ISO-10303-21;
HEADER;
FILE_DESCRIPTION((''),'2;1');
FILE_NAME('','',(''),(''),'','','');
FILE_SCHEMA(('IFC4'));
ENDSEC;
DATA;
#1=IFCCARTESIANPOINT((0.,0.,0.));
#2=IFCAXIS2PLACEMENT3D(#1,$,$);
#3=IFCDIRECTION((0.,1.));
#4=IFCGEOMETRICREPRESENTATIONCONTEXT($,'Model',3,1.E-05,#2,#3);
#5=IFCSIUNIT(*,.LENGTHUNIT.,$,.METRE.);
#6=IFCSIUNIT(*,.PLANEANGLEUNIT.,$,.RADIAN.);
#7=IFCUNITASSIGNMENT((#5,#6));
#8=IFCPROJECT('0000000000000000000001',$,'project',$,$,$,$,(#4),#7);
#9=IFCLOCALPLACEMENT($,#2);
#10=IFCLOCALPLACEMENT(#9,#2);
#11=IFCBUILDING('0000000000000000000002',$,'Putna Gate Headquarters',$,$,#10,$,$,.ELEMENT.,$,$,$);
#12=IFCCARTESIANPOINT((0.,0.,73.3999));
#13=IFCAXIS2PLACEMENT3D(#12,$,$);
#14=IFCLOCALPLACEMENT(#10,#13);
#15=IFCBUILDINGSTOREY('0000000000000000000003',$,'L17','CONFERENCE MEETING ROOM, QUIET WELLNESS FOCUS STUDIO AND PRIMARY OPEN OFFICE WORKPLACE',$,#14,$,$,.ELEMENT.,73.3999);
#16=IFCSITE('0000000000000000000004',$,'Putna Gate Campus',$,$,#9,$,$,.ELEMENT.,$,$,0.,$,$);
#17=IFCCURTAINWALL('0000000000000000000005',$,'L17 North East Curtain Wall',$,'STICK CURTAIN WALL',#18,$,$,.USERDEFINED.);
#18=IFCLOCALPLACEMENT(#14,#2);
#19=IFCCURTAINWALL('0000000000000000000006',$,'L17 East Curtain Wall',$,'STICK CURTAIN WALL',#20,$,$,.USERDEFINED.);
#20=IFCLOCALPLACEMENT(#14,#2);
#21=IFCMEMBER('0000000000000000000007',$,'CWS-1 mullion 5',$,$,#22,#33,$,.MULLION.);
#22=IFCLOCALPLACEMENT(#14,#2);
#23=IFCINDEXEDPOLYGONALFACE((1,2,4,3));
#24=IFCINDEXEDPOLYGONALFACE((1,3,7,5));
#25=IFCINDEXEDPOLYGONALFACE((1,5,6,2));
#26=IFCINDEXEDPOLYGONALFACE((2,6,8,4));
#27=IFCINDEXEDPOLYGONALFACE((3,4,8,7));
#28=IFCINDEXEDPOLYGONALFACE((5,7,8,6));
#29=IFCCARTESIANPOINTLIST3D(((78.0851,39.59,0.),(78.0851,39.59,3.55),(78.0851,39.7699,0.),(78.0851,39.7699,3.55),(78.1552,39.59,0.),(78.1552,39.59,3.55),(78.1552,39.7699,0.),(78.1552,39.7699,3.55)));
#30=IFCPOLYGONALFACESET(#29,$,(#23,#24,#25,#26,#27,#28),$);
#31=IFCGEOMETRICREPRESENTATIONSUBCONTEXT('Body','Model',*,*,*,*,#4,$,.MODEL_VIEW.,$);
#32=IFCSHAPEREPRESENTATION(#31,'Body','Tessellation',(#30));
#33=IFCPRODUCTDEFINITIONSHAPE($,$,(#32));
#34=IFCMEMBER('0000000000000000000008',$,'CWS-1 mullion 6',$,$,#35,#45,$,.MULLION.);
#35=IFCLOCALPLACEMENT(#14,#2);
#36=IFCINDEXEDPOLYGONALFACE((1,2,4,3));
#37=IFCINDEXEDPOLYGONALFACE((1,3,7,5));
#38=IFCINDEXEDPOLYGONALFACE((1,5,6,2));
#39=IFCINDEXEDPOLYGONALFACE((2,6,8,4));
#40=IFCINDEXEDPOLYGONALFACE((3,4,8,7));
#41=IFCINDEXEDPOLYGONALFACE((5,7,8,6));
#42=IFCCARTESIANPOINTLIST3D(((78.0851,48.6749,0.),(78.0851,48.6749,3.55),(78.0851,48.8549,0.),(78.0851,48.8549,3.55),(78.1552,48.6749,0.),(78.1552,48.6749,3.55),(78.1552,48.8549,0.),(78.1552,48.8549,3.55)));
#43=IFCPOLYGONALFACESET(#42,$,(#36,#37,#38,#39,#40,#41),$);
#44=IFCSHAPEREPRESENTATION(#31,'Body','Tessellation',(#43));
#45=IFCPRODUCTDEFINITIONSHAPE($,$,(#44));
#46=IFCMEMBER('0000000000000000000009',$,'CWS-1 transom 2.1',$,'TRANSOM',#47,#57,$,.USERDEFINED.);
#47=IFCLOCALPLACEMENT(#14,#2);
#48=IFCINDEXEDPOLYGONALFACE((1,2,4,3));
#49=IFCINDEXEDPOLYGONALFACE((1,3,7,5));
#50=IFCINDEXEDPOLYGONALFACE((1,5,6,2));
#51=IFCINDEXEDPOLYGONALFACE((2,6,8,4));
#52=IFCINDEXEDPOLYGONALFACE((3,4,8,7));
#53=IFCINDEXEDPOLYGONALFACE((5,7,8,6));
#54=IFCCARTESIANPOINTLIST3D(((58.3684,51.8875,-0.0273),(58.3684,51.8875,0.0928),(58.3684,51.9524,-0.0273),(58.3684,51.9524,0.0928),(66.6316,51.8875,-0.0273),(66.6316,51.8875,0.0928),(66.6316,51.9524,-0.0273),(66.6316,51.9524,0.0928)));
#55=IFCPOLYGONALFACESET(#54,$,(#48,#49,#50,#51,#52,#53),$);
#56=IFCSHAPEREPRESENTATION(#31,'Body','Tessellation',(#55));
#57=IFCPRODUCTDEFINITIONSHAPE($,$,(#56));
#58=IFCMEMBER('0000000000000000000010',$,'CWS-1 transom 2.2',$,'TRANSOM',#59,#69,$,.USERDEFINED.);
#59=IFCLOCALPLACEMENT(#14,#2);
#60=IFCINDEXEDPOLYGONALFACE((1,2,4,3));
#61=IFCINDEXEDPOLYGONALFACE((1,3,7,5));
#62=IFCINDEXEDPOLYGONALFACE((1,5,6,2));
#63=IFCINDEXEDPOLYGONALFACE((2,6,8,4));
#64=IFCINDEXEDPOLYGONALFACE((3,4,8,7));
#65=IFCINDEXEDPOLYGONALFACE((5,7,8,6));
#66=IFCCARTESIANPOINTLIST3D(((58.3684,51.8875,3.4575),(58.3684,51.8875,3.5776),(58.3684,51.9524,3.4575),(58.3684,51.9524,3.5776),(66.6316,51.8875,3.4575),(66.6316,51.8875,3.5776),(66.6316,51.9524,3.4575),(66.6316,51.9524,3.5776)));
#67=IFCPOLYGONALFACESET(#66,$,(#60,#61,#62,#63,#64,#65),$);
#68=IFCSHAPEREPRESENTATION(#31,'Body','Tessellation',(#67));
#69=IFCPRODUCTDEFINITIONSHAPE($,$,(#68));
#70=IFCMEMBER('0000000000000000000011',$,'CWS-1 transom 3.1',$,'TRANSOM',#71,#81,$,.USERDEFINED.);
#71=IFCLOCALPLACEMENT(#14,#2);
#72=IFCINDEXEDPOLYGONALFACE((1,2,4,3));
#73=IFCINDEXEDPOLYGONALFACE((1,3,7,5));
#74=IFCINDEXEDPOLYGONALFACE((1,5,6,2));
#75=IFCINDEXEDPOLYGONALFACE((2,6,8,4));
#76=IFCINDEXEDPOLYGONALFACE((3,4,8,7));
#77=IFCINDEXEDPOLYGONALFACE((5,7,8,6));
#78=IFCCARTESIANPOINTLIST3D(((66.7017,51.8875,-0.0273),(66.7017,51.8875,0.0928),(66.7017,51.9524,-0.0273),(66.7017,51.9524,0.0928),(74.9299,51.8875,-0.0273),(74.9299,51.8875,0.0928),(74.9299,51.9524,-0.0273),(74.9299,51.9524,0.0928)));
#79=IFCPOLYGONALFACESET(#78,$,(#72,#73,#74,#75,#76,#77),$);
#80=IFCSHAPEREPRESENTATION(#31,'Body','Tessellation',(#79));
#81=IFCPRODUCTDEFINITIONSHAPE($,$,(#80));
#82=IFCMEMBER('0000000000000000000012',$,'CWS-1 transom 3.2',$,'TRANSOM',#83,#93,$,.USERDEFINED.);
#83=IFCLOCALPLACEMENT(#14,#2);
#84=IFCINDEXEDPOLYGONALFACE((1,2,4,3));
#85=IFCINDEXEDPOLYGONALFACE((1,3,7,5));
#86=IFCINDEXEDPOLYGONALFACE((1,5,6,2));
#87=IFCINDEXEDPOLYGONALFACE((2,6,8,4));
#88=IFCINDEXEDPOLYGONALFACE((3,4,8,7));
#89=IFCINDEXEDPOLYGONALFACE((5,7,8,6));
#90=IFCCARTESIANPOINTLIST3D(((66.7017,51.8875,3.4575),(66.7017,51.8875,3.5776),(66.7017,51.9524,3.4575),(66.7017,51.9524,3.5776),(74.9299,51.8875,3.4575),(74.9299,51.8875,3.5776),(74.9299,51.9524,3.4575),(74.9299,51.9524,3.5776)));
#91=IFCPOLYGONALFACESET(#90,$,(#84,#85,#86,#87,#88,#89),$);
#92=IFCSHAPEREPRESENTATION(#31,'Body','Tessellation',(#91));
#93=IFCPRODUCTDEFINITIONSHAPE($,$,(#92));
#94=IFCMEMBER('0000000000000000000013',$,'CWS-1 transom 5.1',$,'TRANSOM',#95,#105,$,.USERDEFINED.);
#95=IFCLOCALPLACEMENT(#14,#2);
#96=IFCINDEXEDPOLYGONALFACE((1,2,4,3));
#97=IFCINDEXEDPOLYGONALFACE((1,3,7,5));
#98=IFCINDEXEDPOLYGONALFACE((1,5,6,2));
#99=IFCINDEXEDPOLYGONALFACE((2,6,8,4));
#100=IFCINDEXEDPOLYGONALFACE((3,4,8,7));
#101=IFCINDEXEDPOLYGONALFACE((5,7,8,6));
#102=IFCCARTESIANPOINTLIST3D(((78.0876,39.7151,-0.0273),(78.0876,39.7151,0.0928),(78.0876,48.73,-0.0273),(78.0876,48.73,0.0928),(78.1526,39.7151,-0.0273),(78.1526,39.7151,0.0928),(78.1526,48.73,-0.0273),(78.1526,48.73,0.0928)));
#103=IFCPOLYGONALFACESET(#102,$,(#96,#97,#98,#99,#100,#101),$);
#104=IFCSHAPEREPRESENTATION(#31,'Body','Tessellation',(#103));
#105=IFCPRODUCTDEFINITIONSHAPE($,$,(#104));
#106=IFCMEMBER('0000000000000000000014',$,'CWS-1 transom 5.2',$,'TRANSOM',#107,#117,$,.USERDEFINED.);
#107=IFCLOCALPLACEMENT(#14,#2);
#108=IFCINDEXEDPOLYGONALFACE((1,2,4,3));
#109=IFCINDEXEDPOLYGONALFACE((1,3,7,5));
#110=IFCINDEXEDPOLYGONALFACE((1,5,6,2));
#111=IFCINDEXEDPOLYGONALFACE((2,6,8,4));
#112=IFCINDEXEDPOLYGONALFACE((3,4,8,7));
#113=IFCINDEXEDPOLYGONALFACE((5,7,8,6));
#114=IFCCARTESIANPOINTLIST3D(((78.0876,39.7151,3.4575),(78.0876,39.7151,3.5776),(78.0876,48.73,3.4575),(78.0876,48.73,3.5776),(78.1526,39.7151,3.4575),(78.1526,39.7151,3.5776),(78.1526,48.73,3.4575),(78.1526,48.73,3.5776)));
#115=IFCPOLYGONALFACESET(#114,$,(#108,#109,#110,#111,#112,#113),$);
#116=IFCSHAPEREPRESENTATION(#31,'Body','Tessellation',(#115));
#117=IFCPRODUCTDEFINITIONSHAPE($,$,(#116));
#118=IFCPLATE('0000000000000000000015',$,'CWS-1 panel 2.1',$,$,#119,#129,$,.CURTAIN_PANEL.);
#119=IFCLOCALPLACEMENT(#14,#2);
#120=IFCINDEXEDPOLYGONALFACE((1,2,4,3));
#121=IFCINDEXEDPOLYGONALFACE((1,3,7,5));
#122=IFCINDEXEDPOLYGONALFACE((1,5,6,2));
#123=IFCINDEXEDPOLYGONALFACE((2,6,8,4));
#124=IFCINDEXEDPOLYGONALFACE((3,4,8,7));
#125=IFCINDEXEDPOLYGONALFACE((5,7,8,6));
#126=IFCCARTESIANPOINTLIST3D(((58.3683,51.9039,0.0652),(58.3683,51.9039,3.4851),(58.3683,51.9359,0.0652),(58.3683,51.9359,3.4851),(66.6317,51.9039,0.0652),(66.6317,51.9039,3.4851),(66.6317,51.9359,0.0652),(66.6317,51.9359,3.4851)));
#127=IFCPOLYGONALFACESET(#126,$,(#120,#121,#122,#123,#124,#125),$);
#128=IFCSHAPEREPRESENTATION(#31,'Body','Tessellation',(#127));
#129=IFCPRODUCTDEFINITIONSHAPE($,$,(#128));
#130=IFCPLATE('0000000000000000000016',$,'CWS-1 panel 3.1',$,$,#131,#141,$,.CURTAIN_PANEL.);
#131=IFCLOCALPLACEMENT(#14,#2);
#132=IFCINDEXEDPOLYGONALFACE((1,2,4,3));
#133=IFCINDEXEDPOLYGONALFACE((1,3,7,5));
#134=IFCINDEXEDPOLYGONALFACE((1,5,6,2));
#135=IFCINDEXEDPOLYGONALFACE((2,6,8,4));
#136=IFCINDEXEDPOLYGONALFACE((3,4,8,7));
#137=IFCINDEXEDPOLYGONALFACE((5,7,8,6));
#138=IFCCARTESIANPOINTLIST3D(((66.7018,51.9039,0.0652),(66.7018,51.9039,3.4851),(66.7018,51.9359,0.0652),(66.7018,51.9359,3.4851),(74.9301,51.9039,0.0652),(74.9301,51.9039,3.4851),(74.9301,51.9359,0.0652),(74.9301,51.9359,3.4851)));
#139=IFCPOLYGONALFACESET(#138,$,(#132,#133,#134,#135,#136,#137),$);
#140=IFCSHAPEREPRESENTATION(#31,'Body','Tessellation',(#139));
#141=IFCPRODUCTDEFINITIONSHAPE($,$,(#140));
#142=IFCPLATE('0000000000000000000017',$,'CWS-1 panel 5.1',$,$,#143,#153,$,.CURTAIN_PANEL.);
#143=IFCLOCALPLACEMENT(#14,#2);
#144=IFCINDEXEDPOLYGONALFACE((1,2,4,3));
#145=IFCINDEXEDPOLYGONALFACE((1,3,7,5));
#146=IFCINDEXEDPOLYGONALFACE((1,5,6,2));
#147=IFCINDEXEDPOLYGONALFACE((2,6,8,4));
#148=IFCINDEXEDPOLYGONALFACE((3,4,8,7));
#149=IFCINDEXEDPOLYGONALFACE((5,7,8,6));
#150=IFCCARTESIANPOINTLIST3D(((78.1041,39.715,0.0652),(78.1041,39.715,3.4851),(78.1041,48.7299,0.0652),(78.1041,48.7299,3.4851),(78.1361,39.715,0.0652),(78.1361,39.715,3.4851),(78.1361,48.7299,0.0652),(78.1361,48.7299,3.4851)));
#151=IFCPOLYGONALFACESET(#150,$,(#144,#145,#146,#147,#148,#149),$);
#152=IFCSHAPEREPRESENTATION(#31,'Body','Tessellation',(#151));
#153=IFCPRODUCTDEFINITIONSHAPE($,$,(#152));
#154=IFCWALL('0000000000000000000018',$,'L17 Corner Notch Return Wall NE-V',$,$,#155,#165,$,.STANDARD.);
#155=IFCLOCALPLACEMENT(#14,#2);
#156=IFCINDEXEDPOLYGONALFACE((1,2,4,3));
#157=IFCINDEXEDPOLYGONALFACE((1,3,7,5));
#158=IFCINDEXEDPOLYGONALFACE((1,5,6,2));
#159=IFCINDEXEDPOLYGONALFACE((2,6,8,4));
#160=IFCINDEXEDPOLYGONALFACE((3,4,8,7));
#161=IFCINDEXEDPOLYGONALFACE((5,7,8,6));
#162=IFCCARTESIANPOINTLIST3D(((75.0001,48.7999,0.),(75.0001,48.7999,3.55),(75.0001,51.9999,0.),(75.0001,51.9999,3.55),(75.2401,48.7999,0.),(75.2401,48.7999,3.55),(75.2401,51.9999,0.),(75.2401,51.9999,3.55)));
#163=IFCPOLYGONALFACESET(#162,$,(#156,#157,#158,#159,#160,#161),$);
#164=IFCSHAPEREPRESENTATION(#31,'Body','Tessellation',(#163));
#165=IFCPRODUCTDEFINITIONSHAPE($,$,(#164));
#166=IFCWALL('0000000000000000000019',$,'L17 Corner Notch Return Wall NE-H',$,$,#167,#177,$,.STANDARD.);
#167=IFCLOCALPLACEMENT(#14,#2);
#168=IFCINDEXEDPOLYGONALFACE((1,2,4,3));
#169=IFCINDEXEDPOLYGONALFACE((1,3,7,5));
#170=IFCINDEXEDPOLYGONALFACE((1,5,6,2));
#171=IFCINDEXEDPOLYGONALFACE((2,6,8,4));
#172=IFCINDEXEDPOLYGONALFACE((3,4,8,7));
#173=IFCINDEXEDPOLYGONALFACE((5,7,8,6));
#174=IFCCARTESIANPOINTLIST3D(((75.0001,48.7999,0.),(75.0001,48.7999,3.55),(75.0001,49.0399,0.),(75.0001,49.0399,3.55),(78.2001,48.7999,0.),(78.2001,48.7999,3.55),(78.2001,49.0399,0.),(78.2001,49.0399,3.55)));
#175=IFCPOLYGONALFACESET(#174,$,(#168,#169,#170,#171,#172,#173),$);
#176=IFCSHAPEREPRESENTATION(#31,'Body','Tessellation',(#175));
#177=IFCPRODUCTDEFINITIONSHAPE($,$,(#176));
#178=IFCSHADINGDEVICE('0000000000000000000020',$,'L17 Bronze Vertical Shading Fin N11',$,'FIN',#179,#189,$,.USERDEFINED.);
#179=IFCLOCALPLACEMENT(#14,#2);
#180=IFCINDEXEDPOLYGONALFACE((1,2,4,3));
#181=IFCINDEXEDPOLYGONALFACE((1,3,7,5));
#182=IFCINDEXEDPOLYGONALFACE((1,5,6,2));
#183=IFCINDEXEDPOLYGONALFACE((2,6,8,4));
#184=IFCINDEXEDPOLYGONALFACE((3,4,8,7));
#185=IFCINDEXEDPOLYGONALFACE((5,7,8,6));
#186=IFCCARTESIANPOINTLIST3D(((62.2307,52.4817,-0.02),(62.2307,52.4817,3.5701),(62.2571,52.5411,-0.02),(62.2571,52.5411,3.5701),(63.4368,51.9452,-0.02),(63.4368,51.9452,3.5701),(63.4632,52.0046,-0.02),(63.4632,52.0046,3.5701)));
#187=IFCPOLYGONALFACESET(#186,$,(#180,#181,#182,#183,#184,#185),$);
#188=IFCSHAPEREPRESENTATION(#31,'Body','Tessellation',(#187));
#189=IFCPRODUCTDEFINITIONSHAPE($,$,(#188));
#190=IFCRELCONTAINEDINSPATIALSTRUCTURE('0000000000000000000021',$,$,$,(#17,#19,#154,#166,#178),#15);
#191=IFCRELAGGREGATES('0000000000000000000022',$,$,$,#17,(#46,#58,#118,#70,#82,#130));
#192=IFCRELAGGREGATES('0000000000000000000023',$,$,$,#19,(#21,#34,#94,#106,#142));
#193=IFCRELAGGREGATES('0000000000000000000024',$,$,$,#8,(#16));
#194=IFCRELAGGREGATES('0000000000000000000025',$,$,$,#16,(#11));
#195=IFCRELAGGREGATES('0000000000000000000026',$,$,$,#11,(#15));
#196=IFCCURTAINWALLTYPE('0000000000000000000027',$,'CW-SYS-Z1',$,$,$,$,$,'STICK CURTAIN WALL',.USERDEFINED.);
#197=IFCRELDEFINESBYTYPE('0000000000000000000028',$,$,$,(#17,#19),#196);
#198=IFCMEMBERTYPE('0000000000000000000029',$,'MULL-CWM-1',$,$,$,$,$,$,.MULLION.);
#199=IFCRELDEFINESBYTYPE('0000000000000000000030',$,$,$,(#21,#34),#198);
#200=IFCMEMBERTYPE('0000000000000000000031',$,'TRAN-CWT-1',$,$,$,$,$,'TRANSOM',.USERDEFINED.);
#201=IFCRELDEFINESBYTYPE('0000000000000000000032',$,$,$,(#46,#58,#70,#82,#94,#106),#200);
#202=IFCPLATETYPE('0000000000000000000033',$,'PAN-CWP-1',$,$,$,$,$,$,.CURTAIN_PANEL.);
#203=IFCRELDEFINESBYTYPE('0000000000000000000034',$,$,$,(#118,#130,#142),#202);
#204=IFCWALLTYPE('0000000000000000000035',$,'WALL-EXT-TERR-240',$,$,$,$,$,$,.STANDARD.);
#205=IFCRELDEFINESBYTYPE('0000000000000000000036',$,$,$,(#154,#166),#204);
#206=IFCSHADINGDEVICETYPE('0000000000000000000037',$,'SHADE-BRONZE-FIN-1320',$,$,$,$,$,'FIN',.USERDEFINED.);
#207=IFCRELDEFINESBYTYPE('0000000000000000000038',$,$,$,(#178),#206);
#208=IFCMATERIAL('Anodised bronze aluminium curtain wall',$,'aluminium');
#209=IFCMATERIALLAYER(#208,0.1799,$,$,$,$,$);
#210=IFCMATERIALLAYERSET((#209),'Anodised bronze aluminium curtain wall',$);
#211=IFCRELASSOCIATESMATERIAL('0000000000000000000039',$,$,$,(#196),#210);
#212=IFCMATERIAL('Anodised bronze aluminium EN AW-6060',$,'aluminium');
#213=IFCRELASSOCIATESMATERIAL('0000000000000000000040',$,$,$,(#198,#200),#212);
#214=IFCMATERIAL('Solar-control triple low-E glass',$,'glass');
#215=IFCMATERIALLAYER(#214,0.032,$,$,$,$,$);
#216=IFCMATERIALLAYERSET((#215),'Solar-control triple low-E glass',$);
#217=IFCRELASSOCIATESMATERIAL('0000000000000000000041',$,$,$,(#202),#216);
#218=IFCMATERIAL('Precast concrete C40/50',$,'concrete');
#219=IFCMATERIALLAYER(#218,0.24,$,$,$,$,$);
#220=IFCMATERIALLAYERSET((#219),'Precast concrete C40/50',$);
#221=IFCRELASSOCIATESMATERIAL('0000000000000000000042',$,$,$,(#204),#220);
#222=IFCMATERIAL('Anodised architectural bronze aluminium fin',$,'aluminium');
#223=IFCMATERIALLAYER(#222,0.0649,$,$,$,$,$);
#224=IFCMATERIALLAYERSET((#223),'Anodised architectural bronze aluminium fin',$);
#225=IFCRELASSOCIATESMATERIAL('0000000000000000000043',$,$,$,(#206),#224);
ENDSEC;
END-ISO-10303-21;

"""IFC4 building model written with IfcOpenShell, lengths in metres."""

from ifc_helpers import new_model, si_unit, direction, frame, frame_2d, origin, origin_2d, place, context, subcontext, project, spatial, rectangle, extrude, material, layer, layer_set, material_profile, profile_set, type_object, element, aggregate, save


model = new_model("IFC4")

# Units and contexts
model_context = context("Model", 3, precision=1e-05, world=origin(), true_north=direction((0.0, 1.0)))
body_context = subcontext(model_context, "Body", "Model", "MODEL_VIEW")
ifc_project = project(units=[si_unit("LENGTHUNIT", "METRE"), si_unit("PLANEANGLEUNIT", "RADIAN")], contexts=[model_context])

# Site, building, storey
site_placement = place(None, origin())
site = spatial("IfcSite", under=ifc_project, at=site_placement, Name="Putna Gate Campus", CompositionType="ELEMENT", RefElevation=0.0)
building_placement = place(site_placement, origin())
building = spatial("IfcBuilding", under=site, at=building_placement, Name="Putna Gate Headquarters", CompositionType="ELEMENT")
storey_placement = place(building_placement, frame((0.0, 0.0, 73.3999)))
storey = spatial("IfcBuildingStorey", under=building, at=storey_placement, Name="L17", Description="CONFERENCE MEETING ROOM, QUIET WELLNESS FOCUS STUDIO AND PRIMARY OPEN OFFICE WORKPLACE", CompositionType="ELEMENT", Elevation=73.3999)

# Curtain walls, members
ifc_material_1 = material(Name="Anodised bronze aluminium curtain wall", Category="aluminium")
ifc_layer_1 = layer(ifc_material_1, 0.1799)
ifc_layer_set_1 = layer_set([ifc_layer_1], Name="Anodised bronze aluminium curtain wall")
curtain_wall_type = type_object("IfcCurtainWallType", Name="CW-SYS-Z1", ElementType="STICK CURTAIN WALL", PredefinedType="USERDEFINED", material=ifc_layer_set_1)
curtain_wall_1_placement = place(storey_placement, origin())
curtain_wall_1 = element("IfcCurtainWall", 1, at=curtain_wall_1_placement, inside=storey, type_object=curtain_wall_type, Name="L17 North East Curtain Wall", ObjectType="STICK CURTAIN WALL", PredefinedType="USERDEFINED")
ifc_material_2 = material(Name="Anodised bronze aluminium EN AW-6060", Category="aluminium")
ifc_material_profile_1 = material_profile(ifc_material_2, rectangle(XDim=0.0701, YDim=0.1799, at=origin_2d()), Name="Anodised bronze aluminium EN AW-6060")
ifc_profile_set_1 = profile_set([ifc_material_profile_1], Name="Anodised bronze aluminium EN AW-6060")
member_type_1 = type_object("IfcMemberType", Name="MULL-CWM-1", PredefinedType="MULLION", material=ifc_profile_set_1)
curtain_wall_2_placement = place(storey_placement, origin())
curtain_wall_2 = element("IfcCurtainWall", 2, at=curtain_wall_2_placement, inside=storey, type_object=curtain_wall_type, Name="L17 East Curtain Wall", ObjectType="STICK CURTAIN WALL", PredefinedType="USERDEFINED")
member_1_placement = place(storey_placement, frame((78.1201, 39.6799, 0.0), z_axis=(0.0, 0.0, 1.0), x_axis=(-1.0, 0.0, 0.0)))
member_1 = element("IfcMember", 3, at=member_1_placement, type_object=member_type_1, Name="CWS-1 mullion 5", PredefinedType="MULLION", context=body_context, shape_type="SweptSolid", body=[
    extrude(rectangle(XDim=0.0701, YDim=0.1799, at=origin_2d()), origin(), (0.0, 0.0, 1.0), 3.55),
])
member_2_placement = place(storey_placement, frame((78.1201, 48.7649, 0.0), z_axis=(0.0, 0.0, 1.0), x_axis=(-1.0, 0.0, 0.0)))
member_2 = element("IfcMember", 4, at=member_2_placement, type_object=member_type_1, Name="CWS-1 mullion 6", PredefinedType="MULLION", context=body_context, shape_type="SweptSolid", body=[
    extrude(rectangle(XDim=0.0701, YDim=0.1799, at=origin_2d()), origin(), (0.0, 0.0, 1.0), 3.55),
])

# Members
ifc_material_profile_2 = material_profile(ifc_material_2, rectangle(XDim=0.0649, YDim=0.1201, at=origin_2d()), Name="Anodised bronze aluminium EN AW-6060")
ifc_profile_set_2 = profile_set([ifc_material_profile_2], Name="Anodised bronze aluminium EN AW-6060")
member_type_2 = type_object("IfcMemberType", Name="TRAN-CWT-1", ElementType="TRANSOM", PredefinedType="USERDEFINED", material=ifc_profile_set_2)
member_3_placement = place(storey_placement, frame((58.3684, 51.9199, 0.0327), z_axis=(1.0, 0.0, 0.0), x_axis=(0.0, 1.0, 0.0)))
member_3 = element("IfcMember", 5, at=member_3_placement, type_object=member_type_2, Name="CWS-1 transom 2.1", ObjectType="TRANSOM", PredefinedType="USERDEFINED", context=body_context, shape_type="SweptSolid", body=[
    extrude(rectangle(XDim=0.0649, YDim=0.1201, at=origin_2d()), origin(), (0.0, 0.0, 1.0), 8.2632),
])
member_4_placement = place(storey_placement, frame((58.3684, 51.9199, 3.5176), z_axis=(1.0, 0.0, 0.0), x_axis=(0.0, 1.0, 0.0)))
member_4 = element("IfcMember", 6, at=member_4_placement, type_object=member_type_2, Name="CWS-1 transom 2.2", ObjectType="TRANSOM", PredefinedType="USERDEFINED", context=body_context, shape_type="SweptSolid", body=[
    extrude(rectangle(XDim=0.0649, YDim=0.1201, at=origin_2d()), origin(), (0.0, 0.0, 1.0), 8.2632),
])
member_5_placement = place(storey_placement, frame((66.7017, 51.9199, 0.0327), z_axis=(1.0, 0.0, 0.0), x_axis=(0.0, 1.0, 0.0)))
member_5 = element("IfcMember", 7, at=member_5_placement, type_object=member_type_2, Name="CWS-1 transom 3.1", ObjectType="TRANSOM", PredefinedType="USERDEFINED", context=body_context, shape_type="SweptSolid", body=[
    extrude(rectangle(XDim=0.0649, YDim=0.1201, at=origin_2d()), origin(), (0.0, 0.0, 1.0), 8.2283),
])
member_6_placement = place(storey_placement, frame((66.7017, 51.9199, 3.5176), z_axis=(1.0, 0.0, 0.0), x_axis=(0.0, 1.0, 0.0)))
member_6 = element("IfcMember", 8, at=member_6_placement, type_object=member_type_2, Name="CWS-1 transom 3.2", ObjectType="TRANSOM", PredefinedType="USERDEFINED", context=body_context, shape_type="SweptSolid", body=[
    extrude(rectangle(XDim=0.0649, YDim=0.1201, at=origin_2d()), origin(), (0.0, 0.0, 1.0), 8.2283),
])
member_7_placement = place(storey_placement, frame((78.1201, 39.7151, 0.0327), z_axis=(0.0, 1.0, 0.0), x_axis=(-1.0, 0.0, 0.0)))
member_7 = element("IfcMember", 9, at=member_7_placement, type_object=member_type_2, Name="CWS-1 transom 5.1", ObjectType="TRANSOM", PredefinedType="USERDEFINED", context=body_context, shape_type="SweptSolid", body=[
    extrude(rectangle(XDim=0.0649, YDim=0.1201, at=origin_2d()), origin(), (0.0, 0.0, 1.0), 9.0149),
])
member_8_placement = place(storey_placement, frame((78.1201, 39.7151, 3.5176), z_axis=(0.0, 1.0, 0.0), x_axis=(-1.0, 0.0, 0.0)))
member_8 = element("IfcMember", 10, at=member_8_placement, type_object=member_type_2, Name="CWS-1 transom 5.2", ObjectType="TRANSOM", PredefinedType="USERDEFINED", context=body_context, shape_type="SweptSolid", body=[
    extrude(rectangle(XDim=0.0649, YDim=0.1201, at=origin_2d()), origin(), (0.0, 0.0, 1.0), 9.0149),
])

# Plates
ifc_material_3 = material(Name="Solar-control triple low-E glass", Category="glass")
ifc_layer_2 = layer(ifc_material_3, 0.032)
ifc_layer_set_2 = layer_set([ifc_layer_2], Name="Solar-control triple low-E glass")
plate_type = type_object("IfcPlateType", Name="PAN-CWP-1", PredefinedType="CURTAIN_PANEL", material=ifc_layer_set_2)
plate_1_placement = place(storey_placement, frame((62.5, 51.9199, 0.0652), z_axis=(0.0, 0.0, 1.0), x_axis=(1.0, 0.0, 0.0)))
plate_1 = element("IfcPlate", 11, at=plate_1_placement, type_object=plate_type, Name="CWS-1 panel 2.1", PredefinedType="CURTAIN_PANEL", context=body_context, shape_type="SweptSolid", body=[
    extrude(rectangle(XDim=8.2634, YDim=0.032, at=origin_2d()), origin(), (0.0, 0.0, 1.0), 3.4199),
])
plate_2_placement = place(storey_placement, frame((70.8159, 51.9199, 0.0652), z_axis=(0.0, 0.0, 1.0), x_axis=(1.0, 0.0, 0.0)))
plate_2 = element("IfcPlate", 12, at=plate_2_placement, type_object=plate_type, Name="CWS-1 panel 3.1", PredefinedType="CURTAIN_PANEL", context=body_context, shape_type="SweptSolid", body=[
    extrude(rectangle(XDim=8.2283, YDim=0.032, at=origin_2d()), origin(), (0.0, 0.0, 1.0), 3.4199),
])
aggregate(curtain_wall_1, [member_3, member_4, plate_1, member_5, member_6, plate_2])
plate_3_placement = place(storey_placement, frame((78.1201, 44.2224, 0.0652), z_axis=(0.0, 0.0, 1.0), x_axis=(0.0, 1.0, 0.0)))
plate_3 = element("IfcPlate", 13, at=plate_3_placement, type_object=plate_type, Name="CWS-1 panel 5.1", PredefinedType="CURTAIN_PANEL", context=body_context, shape_type="SweptSolid", body=[
    extrude(rectangle(XDim=9.0149, YDim=0.032, at=origin_2d()), origin(), (0.0, 0.0, 1.0), 3.4199),
])
aggregate(curtain_wall_2, [member_1, member_2, member_7, member_8, plate_3])

# Walls
ifc_material_4 = material(Name="Precast concrete C40/50", Category="concrete")
ifc_layer_3 = layer(ifc_material_4, 0.24)
ifc_layer_set_3 = layer_set([ifc_layer_3], Name="Precast concrete C40/50")
wall_type = type_object("IfcWallType", Name="WALL-EXT-TERR-240", PredefinedType="STANDARD", material=ifc_layer_set_3)
for number, where, z_axis, x_axis, name in (
    (14, (75.1201, 52.0, 0.0), (0.0, 0.0, 1.0), (0.0, -1.0, 0.0), "L17 Corner Notch Return Wall NE-V"),
    (15, (75.0, 48.9199, 0.0), (0.0, 0.0, 1.0), (1.0, 0.0, 0.0), "L17 Corner Notch Return Wall NE-H"),
):
    element("IfcWall", number, at=place(storey_placement, frame(where, z_axis=z_axis, x_axis=x_axis)), inside=storey, type_object=wall_type, Name=name, PredefinedType="STANDARD", context=body_context, shape_type="SweptSolid", body=[
        extrude(rectangle(XDim=3.2, YDim=0.24, at=frame_2d((1.6001, 0.0))), origin(), (0.0, 0.0, 1.0), 3.55),
    ])

# Shading device
ifc_material_5 = material(Name="Anodised architectural bronze aluminium fin", Category="aluminium")
ifc_layer_4 = layer(ifc_material_5, 0.0649)
ifc_layer_set_4 = layer_set([ifc_layer_4], Name="Anodised architectural bronze aluminium fin")
shading_device_type = type_object("IfcShadingDeviceType", Name="SHADE-BRONZE-FIN-1320", ElementType="FIN", PredefinedType="USERDEFINED", material=ifc_layer_set_4)
for number, where, z_axis, x_axis, name in (
    (16, (62.8469, 52.2432, -0.02), (0.0, 0.0, 1.0), (-0.913687, 0.406418, 0.0), "L17 Bronze Vertical Shading Fin N11"),
):
    element("IfcShadingDevice", number, at=place(storey_placement, frame(where, z_axis=z_axis, x_axis=x_axis)), inside=storey, type_object=shading_device_type, Name=name, ObjectType="FIN", PredefinedType="USERDEFINED", context=body_context, shape_type="SweptSolid", body=[
        extrude(rectangle(XDim=1.3201, YDim=0.0649, at=origin_2d()), origin(), (0.0, 0.0, 1.0), 3.5901),
    ])

save(model, "model.ifc")
